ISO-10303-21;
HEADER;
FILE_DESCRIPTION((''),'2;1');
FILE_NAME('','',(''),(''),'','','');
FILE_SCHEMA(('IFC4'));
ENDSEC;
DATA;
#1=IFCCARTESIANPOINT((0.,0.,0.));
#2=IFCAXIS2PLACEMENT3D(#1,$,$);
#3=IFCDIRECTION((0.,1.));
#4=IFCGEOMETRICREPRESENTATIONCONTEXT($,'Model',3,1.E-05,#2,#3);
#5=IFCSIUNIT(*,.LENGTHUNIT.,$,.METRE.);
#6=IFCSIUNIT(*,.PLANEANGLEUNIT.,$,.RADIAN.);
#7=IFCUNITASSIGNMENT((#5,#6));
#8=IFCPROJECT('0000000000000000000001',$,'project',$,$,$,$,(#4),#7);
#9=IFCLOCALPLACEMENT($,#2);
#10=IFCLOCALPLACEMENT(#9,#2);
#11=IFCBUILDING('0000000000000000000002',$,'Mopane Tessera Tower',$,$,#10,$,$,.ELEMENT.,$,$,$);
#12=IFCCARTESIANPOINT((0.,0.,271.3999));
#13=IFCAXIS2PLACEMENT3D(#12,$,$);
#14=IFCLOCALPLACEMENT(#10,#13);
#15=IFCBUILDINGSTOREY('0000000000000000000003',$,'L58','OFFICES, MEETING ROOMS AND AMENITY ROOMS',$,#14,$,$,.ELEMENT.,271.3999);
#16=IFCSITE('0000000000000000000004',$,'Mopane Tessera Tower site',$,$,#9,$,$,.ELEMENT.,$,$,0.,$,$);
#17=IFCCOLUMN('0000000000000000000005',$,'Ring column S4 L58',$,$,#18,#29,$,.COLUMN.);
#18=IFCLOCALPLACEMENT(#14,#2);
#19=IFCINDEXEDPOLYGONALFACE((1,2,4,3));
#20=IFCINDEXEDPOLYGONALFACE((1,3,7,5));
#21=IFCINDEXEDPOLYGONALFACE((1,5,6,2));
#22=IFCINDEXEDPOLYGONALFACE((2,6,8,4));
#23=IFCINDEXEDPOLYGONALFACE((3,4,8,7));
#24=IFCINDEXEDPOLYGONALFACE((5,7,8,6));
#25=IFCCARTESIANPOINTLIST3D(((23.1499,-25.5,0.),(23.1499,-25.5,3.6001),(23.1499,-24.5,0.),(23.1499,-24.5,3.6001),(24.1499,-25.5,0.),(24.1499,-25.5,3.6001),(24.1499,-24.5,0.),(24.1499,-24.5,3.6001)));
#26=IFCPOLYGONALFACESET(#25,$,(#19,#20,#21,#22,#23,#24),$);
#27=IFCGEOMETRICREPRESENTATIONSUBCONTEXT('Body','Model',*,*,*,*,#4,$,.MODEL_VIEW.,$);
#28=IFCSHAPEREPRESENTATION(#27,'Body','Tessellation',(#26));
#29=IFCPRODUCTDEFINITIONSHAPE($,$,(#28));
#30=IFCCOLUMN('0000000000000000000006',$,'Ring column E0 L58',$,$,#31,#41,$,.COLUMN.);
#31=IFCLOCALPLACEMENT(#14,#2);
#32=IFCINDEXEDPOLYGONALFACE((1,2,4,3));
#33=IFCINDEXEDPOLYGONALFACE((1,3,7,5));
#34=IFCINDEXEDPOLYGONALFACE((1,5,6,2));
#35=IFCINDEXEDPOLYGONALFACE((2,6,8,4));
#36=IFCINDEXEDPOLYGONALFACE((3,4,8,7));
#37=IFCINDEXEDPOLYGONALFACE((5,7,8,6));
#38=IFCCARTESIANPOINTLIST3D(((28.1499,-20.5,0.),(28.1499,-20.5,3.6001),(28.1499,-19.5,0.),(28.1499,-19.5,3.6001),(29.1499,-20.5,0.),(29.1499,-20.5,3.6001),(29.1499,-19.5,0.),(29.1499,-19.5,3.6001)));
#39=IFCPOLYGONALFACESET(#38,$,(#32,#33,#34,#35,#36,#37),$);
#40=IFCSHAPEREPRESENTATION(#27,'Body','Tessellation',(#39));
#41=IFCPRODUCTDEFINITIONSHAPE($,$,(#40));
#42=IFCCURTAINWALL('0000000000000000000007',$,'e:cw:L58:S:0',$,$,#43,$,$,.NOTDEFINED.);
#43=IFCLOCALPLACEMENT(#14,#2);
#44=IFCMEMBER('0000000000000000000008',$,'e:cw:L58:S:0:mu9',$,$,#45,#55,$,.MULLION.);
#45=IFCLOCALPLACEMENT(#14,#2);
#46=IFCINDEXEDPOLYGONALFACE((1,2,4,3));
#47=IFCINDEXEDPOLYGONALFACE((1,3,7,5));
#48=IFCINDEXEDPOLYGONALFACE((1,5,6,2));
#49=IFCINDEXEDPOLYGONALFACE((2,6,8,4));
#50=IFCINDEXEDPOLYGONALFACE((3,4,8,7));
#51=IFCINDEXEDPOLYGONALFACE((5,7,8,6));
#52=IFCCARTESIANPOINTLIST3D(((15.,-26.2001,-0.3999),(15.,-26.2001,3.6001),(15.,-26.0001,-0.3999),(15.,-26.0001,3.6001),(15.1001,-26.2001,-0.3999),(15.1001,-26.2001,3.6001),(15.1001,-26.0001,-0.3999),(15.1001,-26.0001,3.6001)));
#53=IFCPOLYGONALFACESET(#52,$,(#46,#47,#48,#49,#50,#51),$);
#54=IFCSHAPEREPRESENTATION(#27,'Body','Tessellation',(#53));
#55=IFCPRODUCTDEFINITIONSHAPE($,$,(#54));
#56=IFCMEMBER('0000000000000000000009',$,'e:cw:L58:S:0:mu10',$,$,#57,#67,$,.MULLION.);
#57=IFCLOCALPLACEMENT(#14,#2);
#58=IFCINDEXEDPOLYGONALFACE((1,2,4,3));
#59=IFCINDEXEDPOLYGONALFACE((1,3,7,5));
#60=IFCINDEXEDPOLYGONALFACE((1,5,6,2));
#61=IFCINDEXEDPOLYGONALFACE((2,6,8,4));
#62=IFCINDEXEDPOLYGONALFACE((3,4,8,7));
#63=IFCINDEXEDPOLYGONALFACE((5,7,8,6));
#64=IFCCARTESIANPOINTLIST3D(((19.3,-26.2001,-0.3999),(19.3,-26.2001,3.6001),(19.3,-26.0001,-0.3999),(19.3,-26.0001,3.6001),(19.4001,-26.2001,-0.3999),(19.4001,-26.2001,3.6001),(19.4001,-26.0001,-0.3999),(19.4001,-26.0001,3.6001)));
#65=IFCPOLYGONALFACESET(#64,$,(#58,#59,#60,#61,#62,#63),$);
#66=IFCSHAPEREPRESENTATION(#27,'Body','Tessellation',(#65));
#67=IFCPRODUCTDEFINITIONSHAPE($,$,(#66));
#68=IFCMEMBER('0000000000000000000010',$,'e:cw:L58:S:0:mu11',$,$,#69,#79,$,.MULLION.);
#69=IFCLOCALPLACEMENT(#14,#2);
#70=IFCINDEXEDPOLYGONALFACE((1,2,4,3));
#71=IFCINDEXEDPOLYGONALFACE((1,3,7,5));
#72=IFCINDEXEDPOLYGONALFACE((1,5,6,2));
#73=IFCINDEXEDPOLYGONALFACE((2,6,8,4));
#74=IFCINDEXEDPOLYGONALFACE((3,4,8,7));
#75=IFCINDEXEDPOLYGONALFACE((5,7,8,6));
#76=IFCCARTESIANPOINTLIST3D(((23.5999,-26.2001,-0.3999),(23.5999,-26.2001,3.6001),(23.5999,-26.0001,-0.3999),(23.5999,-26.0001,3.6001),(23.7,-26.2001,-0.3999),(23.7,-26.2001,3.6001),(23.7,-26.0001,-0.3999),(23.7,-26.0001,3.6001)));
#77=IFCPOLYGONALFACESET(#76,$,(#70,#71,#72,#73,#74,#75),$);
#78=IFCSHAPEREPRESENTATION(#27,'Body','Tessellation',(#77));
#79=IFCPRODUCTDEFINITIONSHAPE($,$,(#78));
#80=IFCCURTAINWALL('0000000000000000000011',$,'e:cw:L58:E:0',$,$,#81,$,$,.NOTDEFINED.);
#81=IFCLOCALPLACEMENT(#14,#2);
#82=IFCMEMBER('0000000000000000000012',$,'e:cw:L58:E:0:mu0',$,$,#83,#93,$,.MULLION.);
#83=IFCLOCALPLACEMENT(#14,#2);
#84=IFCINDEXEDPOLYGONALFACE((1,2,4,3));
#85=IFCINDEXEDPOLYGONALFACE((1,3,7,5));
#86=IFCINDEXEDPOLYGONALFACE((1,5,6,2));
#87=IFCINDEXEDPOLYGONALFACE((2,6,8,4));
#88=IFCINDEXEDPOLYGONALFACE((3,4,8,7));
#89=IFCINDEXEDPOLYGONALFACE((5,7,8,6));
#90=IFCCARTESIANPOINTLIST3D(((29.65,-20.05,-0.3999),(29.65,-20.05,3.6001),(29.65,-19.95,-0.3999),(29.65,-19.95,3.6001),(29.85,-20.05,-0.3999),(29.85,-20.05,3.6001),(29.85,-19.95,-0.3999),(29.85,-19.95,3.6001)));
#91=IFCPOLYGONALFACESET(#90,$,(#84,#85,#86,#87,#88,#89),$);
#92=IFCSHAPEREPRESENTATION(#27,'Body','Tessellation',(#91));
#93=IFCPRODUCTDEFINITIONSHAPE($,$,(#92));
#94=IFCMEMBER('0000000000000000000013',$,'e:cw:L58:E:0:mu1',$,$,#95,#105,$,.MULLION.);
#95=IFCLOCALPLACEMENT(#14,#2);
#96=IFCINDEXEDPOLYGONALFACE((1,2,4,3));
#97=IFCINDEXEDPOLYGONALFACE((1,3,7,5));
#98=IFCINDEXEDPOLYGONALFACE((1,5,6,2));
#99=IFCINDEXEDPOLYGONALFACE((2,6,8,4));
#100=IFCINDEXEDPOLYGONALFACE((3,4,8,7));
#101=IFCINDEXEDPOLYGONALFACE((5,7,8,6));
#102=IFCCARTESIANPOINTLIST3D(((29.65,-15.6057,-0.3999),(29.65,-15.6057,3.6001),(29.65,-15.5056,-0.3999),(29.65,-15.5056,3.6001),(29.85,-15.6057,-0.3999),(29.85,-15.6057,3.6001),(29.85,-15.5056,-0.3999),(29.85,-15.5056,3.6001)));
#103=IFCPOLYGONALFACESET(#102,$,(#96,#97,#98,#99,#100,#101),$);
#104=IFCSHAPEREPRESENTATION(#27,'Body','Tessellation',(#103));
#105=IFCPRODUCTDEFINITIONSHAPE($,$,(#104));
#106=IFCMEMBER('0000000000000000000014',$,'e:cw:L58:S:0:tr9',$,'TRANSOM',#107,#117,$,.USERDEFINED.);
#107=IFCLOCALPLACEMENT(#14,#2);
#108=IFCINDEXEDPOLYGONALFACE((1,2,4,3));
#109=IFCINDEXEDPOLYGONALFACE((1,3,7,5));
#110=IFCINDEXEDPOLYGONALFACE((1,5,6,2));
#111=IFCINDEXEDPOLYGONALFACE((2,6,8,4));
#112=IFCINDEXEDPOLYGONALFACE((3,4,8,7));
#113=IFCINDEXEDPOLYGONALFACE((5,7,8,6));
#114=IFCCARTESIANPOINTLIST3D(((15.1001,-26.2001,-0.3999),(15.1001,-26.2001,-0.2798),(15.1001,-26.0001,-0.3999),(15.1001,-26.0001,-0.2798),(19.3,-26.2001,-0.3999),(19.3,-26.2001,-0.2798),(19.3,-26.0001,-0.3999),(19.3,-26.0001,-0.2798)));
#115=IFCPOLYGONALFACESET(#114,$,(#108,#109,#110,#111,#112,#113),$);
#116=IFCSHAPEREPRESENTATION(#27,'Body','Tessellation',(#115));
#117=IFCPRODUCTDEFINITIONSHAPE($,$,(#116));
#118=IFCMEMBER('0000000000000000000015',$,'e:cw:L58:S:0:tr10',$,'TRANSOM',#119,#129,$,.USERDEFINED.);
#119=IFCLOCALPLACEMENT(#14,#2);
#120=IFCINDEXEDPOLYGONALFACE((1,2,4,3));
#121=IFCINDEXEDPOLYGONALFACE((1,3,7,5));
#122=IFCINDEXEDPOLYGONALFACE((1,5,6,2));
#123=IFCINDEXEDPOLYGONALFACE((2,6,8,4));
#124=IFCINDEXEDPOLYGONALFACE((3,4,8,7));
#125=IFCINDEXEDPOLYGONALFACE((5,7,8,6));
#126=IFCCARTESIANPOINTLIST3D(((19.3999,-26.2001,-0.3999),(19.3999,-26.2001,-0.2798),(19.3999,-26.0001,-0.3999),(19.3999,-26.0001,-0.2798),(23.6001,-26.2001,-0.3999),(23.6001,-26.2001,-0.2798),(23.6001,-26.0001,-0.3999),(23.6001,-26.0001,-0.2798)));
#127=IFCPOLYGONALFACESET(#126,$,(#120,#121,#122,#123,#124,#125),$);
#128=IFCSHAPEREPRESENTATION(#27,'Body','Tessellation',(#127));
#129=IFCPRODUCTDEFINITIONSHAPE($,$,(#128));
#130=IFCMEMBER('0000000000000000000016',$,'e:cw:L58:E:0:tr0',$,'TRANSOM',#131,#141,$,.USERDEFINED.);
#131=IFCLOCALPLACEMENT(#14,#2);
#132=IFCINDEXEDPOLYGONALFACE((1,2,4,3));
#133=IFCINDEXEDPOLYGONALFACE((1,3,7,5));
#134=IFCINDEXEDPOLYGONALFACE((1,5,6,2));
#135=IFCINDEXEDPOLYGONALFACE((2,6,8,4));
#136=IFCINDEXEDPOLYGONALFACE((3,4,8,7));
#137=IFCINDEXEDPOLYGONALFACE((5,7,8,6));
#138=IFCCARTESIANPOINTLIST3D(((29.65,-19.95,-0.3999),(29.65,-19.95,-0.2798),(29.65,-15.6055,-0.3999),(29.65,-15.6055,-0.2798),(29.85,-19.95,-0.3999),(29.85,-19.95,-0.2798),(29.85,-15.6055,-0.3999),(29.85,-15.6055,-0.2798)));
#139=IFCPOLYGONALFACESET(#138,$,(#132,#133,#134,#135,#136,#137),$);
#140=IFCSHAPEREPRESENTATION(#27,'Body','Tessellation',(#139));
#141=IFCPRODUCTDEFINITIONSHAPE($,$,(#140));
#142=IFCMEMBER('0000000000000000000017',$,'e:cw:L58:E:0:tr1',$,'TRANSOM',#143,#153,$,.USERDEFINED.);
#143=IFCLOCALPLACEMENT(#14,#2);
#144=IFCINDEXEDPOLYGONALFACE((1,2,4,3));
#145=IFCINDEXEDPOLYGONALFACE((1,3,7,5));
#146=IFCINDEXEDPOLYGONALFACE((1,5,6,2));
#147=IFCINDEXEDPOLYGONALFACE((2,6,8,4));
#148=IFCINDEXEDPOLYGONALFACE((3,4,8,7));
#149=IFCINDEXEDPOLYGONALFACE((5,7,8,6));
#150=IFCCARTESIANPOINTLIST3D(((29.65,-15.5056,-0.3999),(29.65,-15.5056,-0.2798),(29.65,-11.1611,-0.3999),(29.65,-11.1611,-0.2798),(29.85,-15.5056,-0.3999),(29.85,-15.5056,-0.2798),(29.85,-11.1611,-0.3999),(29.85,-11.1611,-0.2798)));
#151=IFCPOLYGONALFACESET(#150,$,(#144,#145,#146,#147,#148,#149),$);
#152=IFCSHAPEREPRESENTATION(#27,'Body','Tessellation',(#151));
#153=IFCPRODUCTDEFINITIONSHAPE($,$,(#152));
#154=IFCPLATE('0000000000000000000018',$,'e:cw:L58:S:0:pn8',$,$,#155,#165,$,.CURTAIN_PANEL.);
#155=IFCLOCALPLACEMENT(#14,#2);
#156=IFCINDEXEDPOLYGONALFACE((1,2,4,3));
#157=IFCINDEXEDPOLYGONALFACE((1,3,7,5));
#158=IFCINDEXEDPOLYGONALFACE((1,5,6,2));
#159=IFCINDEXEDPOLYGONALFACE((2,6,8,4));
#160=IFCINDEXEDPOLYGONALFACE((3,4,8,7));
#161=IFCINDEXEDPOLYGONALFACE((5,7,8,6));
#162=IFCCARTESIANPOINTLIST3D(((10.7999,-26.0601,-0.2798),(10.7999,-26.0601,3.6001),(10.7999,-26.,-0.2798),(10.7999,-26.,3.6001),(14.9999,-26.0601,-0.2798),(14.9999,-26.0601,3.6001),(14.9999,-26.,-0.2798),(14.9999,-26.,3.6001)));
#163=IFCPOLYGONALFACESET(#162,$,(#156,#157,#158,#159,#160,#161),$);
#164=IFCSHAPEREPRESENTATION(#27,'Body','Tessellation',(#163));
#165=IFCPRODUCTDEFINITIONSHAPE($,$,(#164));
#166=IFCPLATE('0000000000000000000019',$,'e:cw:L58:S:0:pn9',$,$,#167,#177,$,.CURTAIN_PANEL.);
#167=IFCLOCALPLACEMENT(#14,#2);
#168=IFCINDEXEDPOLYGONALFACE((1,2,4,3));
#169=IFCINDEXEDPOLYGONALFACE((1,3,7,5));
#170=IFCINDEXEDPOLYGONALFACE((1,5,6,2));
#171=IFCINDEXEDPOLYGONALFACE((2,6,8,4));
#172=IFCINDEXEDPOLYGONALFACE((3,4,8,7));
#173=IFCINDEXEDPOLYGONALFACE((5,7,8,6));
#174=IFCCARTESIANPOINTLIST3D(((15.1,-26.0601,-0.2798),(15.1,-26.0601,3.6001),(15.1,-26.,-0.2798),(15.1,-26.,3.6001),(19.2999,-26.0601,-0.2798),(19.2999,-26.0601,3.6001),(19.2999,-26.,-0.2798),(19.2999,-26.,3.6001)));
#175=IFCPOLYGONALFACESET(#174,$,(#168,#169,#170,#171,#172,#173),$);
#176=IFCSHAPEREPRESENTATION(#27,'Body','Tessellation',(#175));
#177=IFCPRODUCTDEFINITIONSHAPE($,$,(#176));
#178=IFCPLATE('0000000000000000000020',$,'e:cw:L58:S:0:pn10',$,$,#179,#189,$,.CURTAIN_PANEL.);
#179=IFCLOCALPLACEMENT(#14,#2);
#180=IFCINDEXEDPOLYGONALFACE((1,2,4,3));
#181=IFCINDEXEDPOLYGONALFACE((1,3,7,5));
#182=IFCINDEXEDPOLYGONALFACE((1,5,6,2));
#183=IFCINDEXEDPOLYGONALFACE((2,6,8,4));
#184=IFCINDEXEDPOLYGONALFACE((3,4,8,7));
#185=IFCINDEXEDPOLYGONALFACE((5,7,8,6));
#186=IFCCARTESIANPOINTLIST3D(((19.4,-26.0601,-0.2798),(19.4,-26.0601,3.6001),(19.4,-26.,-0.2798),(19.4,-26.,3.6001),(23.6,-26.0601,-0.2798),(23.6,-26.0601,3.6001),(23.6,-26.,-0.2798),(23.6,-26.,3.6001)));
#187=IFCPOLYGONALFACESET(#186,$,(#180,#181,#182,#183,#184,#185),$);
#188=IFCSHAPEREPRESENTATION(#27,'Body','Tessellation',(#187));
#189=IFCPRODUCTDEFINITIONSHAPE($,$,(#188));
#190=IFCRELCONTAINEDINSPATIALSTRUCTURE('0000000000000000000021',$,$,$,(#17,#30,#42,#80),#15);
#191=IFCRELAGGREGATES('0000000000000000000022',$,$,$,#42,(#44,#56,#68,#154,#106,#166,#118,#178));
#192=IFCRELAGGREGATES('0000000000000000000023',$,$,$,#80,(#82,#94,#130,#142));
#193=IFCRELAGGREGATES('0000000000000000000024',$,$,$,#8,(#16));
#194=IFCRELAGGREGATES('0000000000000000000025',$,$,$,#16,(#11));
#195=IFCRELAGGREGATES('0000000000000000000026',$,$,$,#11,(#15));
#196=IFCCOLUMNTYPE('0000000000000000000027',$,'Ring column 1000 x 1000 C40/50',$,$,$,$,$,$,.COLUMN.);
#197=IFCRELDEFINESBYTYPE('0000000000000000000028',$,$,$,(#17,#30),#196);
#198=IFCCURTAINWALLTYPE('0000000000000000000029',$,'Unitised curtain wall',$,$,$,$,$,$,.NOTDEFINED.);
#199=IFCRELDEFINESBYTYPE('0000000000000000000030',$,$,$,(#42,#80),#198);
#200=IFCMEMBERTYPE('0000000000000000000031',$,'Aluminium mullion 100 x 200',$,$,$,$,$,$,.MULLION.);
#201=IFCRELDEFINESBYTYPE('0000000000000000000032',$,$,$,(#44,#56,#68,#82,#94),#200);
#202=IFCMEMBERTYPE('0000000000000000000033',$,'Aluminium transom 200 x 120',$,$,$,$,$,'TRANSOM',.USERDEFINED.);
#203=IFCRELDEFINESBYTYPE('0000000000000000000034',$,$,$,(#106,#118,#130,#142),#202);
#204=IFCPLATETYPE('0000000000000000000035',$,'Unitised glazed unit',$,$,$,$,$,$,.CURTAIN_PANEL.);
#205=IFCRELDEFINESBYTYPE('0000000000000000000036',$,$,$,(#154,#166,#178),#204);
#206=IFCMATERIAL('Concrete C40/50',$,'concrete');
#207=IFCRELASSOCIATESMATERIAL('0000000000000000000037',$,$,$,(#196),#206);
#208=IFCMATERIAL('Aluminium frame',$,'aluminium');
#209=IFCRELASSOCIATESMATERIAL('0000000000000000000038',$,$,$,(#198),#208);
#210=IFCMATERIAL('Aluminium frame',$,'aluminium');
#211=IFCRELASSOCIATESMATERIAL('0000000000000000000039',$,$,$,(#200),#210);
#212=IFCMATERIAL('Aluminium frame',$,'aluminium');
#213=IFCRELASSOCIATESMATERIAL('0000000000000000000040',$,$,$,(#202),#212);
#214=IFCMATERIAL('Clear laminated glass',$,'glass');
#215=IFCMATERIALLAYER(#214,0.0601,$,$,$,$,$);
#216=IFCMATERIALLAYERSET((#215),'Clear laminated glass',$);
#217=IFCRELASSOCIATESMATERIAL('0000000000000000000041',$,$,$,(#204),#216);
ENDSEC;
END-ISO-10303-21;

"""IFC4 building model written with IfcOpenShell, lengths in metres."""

from ifc_helpers import new_model, si_unit, direction, frame, origin, origin_2d, place, context, subcontext, project, spatial, rectangle, extrude, material, layer, layer_set, material_profile, profile_set, type_object, element, aggregate, save


model = new_model("IFC4")

# Units and contexts
model_context = context("Model", 3, precision=1e-05, world=origin(), true_north=direction((0.0, 1.0)))
body_context = subcontext(model_context, "Body", "Model", "MODEL_VIEW")
ifc_project = project(units=[si_unit("LENGTHUNIT", "METRE"), si_unit("PLANEANGLEUNIT", "RADIAN")], contexts=[model_context])

# Site, building, storey
site_placement = place(None, origin())
site = spatial("IfcSite", under=ifc_project, at=site_placement, Name="Mopane Tessera Tower site", CompositionType="ELEMENT", RefElevation=0.0)
building_placement = place(site_placement, origin())
building = spatial("IfcBuilding", under=site, at=building_placement, Name="Mopane Tessera Tower", CompositionType="ELEMENT")
storey_placement = place(building_placement, frame((0.0, 0.0, 271.3999)))
storey = spatial("IfcBuildingStorey", under=building, at=storey_placement, Name="L58", Description="OFFICES, MEETING ROOMS AND AMENITY ROOMS", CompositionType="ELEMENT", Elevation=271.3999)

# Columns
ifc_material_1 = material(Name="Concrete C40/50", Category="concrete")
ifc_material_profile_1 = material_profile(ifc_material_1, rectangle(XDim=1.0, YDim=1.0, at=origin_2d()))
ifc_profile_set_1 = profile_set([ifc_material_profile_1], Name="Concrete C40/50")
column_type = type_object("IfcColumnType", Name="Ring column 1000 x 1000 C40/50", PredefinedType="COLUMN", material=ifc_profile_set_1)
for number, where, z_axis, x_axis, name in (
    (1, (23.6499, -25.0, 0.0), (0.0, 0.0, 1.0), (1.0, 0.0, 0.0), "Ring column S4 L58"),
    (2, (28.6499, -20.0, 0.0), (0.0, 0.0, 1.0), (1.0, 0.0, 0.0), "Ring column E0 L58"),
):
    element("IfcColumn", number, at=place(storey_placement, frame(where, z_axis=z_axis, x_axis=x_axis)), inside=storey, type_object=column_type, Name=name, PredefinedType="COLUMN", context=body_context, shape_type="SweptSolid", body=[
        extrude(rectangle(XDim=1.0, YDim=1.0, at=origin_2d()), origin(), (0.0, 0.0, 1.0), 3.6001),
    ])

# Curtain walls, members
ifc_material_2 = material(Name="Aluminium frame", Category="aluminium")
curtain_wall_type = type_object("IfcCurtainWallType", Name="Unitised curtain wall", PredefinedType="NOTDEFINED", material=ifc_material_2)
curtain_wall_1_placement = place(storey_placement, origin())
curtain_wall_1 = element("IfcCurtainWall", 3, at=curtain_wall_1_placement, inside=storey, type_object=curtain_wall_type, Name="e:cw:L58:S:0", PredefinedType="NOTDEFINED")
ifc_material_3 = material(Name="Aluminium frame", Category="aluminium")
ifc_material_profile_2 = material_profile(ifc_material_3, rectangle(XDim=0.1001, YDim=0.2, at=origin_2d()))
ifc_profile_set_2 = profile_set([ifc_material_profile_2], Name="Aluminium frame")
member_type_1 = type_object("IfcMemberType", Name="Aluminium mullion 100 x 200", PredefinedType="MULLION", material=ifc_profile_set_2)
member_1_placement = place(storey_placement, frame((15.05, -26.1001, -0.3999), z_axis=(0.0, 0.0, 1.0), x_axis=(1.0, 0.0, 0.0)))
member_1 = element("IfcMember", 4, at=member_1_placement, type_object=member_type_1, Name="e:cw:L58:S:0:mu9", PredefinedType="MULLION", context=body_context, shape_type="SweptSolid", body=[
    extrude(rectangle(XDim=0.1001, YDim=0.2, at=origin_2d()), origin(), (0.0, 0.0, 1.0), 4.0),
])
member_2_placement = place(storey_placement, frame((19.3501, -26.1001, -0.3999), z_axis=(0.0, 0.0, 1.0), x_axis=(1.0, 0.0, 0.0)))
member_2 = element("IfcMember", 5, at=member_2_placement, type_object=member_type_1, Name="e:cw:L58:S:0:mu10", PredefinedType="MULLION", context=body_context, shape_type="SweptSolid", body=[
    extrude(rectangle(XDim=0.1001, YDim=0.2, at=origin_2d()), origin(), (0.0, 0.0, 1.0), 4.0),
])
member_3_placement = place(storey_placement, frame((23.6499, -26.1001, -0.3999), z_axis=(0.0, 0.0, 1.0), x_axis=(1.0, 0.0, 0.0)))
member_3 = element("IfcMember", 6, at=member_3_placement, type_object=member_type_1, Name="e:cw:L58:S:0:mu11", PredefinedType="MULLION", context=body_context, shape_type="SweptSolid", body=[
    extrude(rectangle(XDim=0.1001, YDim=0.2, at=origin_2d()), origin(), (0.0, 0.0, 1.0), 4.0),
])
curtain_wall_2_placement = place(storey_placement, origin())
curtain_wall_2 = element("IfcCurtainWall", 7, at=curtain_wall_2_placement, inside=storey, type_object=curtain_wall_type, Name="e:cw:L58:E:0", PredefinedType="NOTDEFINED")
member_4_placement = place(storey_placement, frame((29.75, -20.0, -0.3999), z_axis=(0.0, 0.0, 1.0), x_axis=(0.0, 1.0, 0.0)))
member_4 = element("IfcMember", 8, at=member_4_placement, type_object=member_type_1, Name="e:cw:L58:E:0:mu0", PredefinedType="MULLION", context=body_context, shape_type="SweptSolid", body=[
    extrude(rectangle(XDim=0.1001, YDim=0.2, at=origin_2d()), origin(), (0.0, 0.0, 1.0), 4.0),
])
member_5_placement = place(storey_placement, frame((29.75, -15.5557, -0.3999), z_axis=(0.0, 0.0, 1.0), x_axis=(0.0, 1.0, 0.0)))
member_5 = element("IfcMember", 9, at=member_5_placement, type_object=member_type_1, Name="e:cw:L58:E:0:mu1", PredefinedType="MULLION", context=body_context, shape_type="SweptSolid", body=[
    extrude(rectangle(XDim=0.1001, YDim=0.2, at=origin_2d()), origin(), (0.0, 0.0, 1.0), 4.0),
])

# Members
ifc_material_4 = material(Name="Aluminium frame", Category="aluminium")
ifc_material_profile_3 = material_profile(ifc_material_4, rectangle(XDim=0.2, YDim=0.1201, at=origin_2d()))
ifc_profile_set_3 = profile_set([ifc_material_profile_3], Name="Aluminium frame")
member_type_2 = type_object("IfcMemberType", Name="Aluminium transom 200 x 120", ElementType="TRANSOM", PredefinedType="USERDEFINED", material=ifc_profile_set_3)
member_6_placement = place(storey_placement, frame((15.1001, -26.1001, -0.3398), z_axis=(1.0, 0.0, 0.0), x_axis=(0.0, 1.0, 0.0)))
member_6 = element("IfcMember", 10, at=member_6_placement, type_object=member_type_2, Name="e:cw:L58:S:0:tr9", ObjectType="TRANSOM", PredefinedType="USERDEFINED", context=body_context, shape_type="SweptSolid", body=[
    extrude(rectangle(XDim=0.2, YDim=0.1201, at=origin_2d()), origin(), (0.0, 0.0, 1.0), 4.2),
])
member_7_placement = place(storey_placement, frame((19.3999, -26.1001, -0.3398), z_axis=(1.0, 0.0, 0.0), x_axis=(0.0, 1.0, 0.0)))
member_7 = element("IfcMember", 11, at=member_7_placement, type_object=member_type_2, Name="e:cw:L58:S:0:tr10", ObjectType="TRANSOM", PredefinedType="USERDEFINED", context=body_context, shape_type="SweptSolid", body=[
    extrude(rectangle(XDim=0.2, YDim=0.1201, at=origin_2d()), origin(), (0.0, 0.0, 1.0), 4.2002),
])
member_8_placement = place(storey_placement, frame((29.75, -19.95, -0.3398), z_axis=(0.0, 1.0, 0.0), x_axis=(-1.0, 0.0, 0.0)))
member_8 = element("IfcMember", 12, at=member_8_placement, type_object=member_type_2, Name="e:cw:L58:E:0:tr0", ObjectType="TRANSOM", PredefinedType="USERDEFINED", context=body_context, shape_type="SweptSolid", body=[
    extrude(rectangle(XDim=0.2, YDim=0.1201, at=origin_2d()), origin(), (0.0, 0.0, 1.0), 4.3445),
])
member_9_placement = place(storey_placement, frame((29.75, -15.5056, -0.3398), z_axis=(0.0, 1.0, 0.0), x_axis=(-1.0, 0.0, 0.0)))
member_9 = element("IfcMember", 13, at=member_9_placement, type_object=member_type_2, Name="e:cw:L58:E:0:tr1", ObjectType="TRANSOM", PredefinedType="USERDEFINED", context=body_context, shape_type="SweptSolid", body=[
    extrude(rectangle(XDim=0.2, YDim=0.1201, at=origin_2d()), origin(), (0.0, 0.0, 1.0), 4.3445),
])

# Plates
ifc_material_5 = material(Name="Clear laminated glass", Category="glass")
ifc_layer_1 = layer(ifc_material_5, 0.0601)
ifc_layer_set_1 = layer_set([ifc_layer_1], Name="Clear laminated glass")
plate_type = type_object("IfcPlateType", Name="Unitised glazed unit", PredefinedType="CURTAIN_PANEL", material=ifc_layer_set_1)
plate_1_placement = place(storey_placement, frame((12.8999, -26.03, -0.2798), z_axis=(0.0, 0.0, 1.0), x_axis=(1.0, 0.0, 0.0)))
plate_1 = element("IfcPlate", 14, at=plate_1_placement, type_object=plate_type, Name="e:cw:L58:S:0:pn8", PredefinedType="CURTAIN_PANEL", context=body_context, shape_type="SweptSolid", body=[
    extrude(rectangle(XDim=4.2, YDim=0.0601, at=origin_2d()), origin(), (0.0, 0.0, 1.0), 3.8799),
])
plate_2_placement = place(storey_placement, frame((17.2, -26.03, -0.2798), z_axis=(0.0, 0.0, 1.0), x_axis=(1.0, 0.0, 0.0)))
plate_2 = element("IfcPlate", 15, at=plate_2_placement, type_object=plate_type, Name="e:cw:L58:S:0:pn9", PredefinedType="CURTAIN_PANEL", context=body_context, shape_type="SweptSolid", body=[
    extrude(rectangle(XDim=4.2, YDim=0.0601, at=origin_2d()), origin(), (0.0, 0.0, 1.0), 3.8799),
])
plate_3_placement = place(storey_placement, frame((21.5, -26.03, -0.2798), z_axis=(0.0, 0.0, 1.0), x_axis=(1.0, 0.0, 0.0)))
plate_3 = element("IfcPlate", 16, at=plate_3_placement, type_object=plate_type, Name="e:cw:L58:S:0:pn10", PredefinedType="CURTAIN_PANEL", context=body_context, shape_type="SweptSolid", body=[
    extrude(rectangle(XDim=4.2, YDim=0.0601, at=origin_2d()), origin(), (0.0, 0.0, 1.0), 3.8799),
])
aggregate(curtain_wall_1, [member_1, member_2, member_3, plate_1, member_6, plate_2, member_7, plate_3])
aggregate(curtain_wall_2, [member_4, member_5, member_8, member_9])

save(model, "model.ifc")
